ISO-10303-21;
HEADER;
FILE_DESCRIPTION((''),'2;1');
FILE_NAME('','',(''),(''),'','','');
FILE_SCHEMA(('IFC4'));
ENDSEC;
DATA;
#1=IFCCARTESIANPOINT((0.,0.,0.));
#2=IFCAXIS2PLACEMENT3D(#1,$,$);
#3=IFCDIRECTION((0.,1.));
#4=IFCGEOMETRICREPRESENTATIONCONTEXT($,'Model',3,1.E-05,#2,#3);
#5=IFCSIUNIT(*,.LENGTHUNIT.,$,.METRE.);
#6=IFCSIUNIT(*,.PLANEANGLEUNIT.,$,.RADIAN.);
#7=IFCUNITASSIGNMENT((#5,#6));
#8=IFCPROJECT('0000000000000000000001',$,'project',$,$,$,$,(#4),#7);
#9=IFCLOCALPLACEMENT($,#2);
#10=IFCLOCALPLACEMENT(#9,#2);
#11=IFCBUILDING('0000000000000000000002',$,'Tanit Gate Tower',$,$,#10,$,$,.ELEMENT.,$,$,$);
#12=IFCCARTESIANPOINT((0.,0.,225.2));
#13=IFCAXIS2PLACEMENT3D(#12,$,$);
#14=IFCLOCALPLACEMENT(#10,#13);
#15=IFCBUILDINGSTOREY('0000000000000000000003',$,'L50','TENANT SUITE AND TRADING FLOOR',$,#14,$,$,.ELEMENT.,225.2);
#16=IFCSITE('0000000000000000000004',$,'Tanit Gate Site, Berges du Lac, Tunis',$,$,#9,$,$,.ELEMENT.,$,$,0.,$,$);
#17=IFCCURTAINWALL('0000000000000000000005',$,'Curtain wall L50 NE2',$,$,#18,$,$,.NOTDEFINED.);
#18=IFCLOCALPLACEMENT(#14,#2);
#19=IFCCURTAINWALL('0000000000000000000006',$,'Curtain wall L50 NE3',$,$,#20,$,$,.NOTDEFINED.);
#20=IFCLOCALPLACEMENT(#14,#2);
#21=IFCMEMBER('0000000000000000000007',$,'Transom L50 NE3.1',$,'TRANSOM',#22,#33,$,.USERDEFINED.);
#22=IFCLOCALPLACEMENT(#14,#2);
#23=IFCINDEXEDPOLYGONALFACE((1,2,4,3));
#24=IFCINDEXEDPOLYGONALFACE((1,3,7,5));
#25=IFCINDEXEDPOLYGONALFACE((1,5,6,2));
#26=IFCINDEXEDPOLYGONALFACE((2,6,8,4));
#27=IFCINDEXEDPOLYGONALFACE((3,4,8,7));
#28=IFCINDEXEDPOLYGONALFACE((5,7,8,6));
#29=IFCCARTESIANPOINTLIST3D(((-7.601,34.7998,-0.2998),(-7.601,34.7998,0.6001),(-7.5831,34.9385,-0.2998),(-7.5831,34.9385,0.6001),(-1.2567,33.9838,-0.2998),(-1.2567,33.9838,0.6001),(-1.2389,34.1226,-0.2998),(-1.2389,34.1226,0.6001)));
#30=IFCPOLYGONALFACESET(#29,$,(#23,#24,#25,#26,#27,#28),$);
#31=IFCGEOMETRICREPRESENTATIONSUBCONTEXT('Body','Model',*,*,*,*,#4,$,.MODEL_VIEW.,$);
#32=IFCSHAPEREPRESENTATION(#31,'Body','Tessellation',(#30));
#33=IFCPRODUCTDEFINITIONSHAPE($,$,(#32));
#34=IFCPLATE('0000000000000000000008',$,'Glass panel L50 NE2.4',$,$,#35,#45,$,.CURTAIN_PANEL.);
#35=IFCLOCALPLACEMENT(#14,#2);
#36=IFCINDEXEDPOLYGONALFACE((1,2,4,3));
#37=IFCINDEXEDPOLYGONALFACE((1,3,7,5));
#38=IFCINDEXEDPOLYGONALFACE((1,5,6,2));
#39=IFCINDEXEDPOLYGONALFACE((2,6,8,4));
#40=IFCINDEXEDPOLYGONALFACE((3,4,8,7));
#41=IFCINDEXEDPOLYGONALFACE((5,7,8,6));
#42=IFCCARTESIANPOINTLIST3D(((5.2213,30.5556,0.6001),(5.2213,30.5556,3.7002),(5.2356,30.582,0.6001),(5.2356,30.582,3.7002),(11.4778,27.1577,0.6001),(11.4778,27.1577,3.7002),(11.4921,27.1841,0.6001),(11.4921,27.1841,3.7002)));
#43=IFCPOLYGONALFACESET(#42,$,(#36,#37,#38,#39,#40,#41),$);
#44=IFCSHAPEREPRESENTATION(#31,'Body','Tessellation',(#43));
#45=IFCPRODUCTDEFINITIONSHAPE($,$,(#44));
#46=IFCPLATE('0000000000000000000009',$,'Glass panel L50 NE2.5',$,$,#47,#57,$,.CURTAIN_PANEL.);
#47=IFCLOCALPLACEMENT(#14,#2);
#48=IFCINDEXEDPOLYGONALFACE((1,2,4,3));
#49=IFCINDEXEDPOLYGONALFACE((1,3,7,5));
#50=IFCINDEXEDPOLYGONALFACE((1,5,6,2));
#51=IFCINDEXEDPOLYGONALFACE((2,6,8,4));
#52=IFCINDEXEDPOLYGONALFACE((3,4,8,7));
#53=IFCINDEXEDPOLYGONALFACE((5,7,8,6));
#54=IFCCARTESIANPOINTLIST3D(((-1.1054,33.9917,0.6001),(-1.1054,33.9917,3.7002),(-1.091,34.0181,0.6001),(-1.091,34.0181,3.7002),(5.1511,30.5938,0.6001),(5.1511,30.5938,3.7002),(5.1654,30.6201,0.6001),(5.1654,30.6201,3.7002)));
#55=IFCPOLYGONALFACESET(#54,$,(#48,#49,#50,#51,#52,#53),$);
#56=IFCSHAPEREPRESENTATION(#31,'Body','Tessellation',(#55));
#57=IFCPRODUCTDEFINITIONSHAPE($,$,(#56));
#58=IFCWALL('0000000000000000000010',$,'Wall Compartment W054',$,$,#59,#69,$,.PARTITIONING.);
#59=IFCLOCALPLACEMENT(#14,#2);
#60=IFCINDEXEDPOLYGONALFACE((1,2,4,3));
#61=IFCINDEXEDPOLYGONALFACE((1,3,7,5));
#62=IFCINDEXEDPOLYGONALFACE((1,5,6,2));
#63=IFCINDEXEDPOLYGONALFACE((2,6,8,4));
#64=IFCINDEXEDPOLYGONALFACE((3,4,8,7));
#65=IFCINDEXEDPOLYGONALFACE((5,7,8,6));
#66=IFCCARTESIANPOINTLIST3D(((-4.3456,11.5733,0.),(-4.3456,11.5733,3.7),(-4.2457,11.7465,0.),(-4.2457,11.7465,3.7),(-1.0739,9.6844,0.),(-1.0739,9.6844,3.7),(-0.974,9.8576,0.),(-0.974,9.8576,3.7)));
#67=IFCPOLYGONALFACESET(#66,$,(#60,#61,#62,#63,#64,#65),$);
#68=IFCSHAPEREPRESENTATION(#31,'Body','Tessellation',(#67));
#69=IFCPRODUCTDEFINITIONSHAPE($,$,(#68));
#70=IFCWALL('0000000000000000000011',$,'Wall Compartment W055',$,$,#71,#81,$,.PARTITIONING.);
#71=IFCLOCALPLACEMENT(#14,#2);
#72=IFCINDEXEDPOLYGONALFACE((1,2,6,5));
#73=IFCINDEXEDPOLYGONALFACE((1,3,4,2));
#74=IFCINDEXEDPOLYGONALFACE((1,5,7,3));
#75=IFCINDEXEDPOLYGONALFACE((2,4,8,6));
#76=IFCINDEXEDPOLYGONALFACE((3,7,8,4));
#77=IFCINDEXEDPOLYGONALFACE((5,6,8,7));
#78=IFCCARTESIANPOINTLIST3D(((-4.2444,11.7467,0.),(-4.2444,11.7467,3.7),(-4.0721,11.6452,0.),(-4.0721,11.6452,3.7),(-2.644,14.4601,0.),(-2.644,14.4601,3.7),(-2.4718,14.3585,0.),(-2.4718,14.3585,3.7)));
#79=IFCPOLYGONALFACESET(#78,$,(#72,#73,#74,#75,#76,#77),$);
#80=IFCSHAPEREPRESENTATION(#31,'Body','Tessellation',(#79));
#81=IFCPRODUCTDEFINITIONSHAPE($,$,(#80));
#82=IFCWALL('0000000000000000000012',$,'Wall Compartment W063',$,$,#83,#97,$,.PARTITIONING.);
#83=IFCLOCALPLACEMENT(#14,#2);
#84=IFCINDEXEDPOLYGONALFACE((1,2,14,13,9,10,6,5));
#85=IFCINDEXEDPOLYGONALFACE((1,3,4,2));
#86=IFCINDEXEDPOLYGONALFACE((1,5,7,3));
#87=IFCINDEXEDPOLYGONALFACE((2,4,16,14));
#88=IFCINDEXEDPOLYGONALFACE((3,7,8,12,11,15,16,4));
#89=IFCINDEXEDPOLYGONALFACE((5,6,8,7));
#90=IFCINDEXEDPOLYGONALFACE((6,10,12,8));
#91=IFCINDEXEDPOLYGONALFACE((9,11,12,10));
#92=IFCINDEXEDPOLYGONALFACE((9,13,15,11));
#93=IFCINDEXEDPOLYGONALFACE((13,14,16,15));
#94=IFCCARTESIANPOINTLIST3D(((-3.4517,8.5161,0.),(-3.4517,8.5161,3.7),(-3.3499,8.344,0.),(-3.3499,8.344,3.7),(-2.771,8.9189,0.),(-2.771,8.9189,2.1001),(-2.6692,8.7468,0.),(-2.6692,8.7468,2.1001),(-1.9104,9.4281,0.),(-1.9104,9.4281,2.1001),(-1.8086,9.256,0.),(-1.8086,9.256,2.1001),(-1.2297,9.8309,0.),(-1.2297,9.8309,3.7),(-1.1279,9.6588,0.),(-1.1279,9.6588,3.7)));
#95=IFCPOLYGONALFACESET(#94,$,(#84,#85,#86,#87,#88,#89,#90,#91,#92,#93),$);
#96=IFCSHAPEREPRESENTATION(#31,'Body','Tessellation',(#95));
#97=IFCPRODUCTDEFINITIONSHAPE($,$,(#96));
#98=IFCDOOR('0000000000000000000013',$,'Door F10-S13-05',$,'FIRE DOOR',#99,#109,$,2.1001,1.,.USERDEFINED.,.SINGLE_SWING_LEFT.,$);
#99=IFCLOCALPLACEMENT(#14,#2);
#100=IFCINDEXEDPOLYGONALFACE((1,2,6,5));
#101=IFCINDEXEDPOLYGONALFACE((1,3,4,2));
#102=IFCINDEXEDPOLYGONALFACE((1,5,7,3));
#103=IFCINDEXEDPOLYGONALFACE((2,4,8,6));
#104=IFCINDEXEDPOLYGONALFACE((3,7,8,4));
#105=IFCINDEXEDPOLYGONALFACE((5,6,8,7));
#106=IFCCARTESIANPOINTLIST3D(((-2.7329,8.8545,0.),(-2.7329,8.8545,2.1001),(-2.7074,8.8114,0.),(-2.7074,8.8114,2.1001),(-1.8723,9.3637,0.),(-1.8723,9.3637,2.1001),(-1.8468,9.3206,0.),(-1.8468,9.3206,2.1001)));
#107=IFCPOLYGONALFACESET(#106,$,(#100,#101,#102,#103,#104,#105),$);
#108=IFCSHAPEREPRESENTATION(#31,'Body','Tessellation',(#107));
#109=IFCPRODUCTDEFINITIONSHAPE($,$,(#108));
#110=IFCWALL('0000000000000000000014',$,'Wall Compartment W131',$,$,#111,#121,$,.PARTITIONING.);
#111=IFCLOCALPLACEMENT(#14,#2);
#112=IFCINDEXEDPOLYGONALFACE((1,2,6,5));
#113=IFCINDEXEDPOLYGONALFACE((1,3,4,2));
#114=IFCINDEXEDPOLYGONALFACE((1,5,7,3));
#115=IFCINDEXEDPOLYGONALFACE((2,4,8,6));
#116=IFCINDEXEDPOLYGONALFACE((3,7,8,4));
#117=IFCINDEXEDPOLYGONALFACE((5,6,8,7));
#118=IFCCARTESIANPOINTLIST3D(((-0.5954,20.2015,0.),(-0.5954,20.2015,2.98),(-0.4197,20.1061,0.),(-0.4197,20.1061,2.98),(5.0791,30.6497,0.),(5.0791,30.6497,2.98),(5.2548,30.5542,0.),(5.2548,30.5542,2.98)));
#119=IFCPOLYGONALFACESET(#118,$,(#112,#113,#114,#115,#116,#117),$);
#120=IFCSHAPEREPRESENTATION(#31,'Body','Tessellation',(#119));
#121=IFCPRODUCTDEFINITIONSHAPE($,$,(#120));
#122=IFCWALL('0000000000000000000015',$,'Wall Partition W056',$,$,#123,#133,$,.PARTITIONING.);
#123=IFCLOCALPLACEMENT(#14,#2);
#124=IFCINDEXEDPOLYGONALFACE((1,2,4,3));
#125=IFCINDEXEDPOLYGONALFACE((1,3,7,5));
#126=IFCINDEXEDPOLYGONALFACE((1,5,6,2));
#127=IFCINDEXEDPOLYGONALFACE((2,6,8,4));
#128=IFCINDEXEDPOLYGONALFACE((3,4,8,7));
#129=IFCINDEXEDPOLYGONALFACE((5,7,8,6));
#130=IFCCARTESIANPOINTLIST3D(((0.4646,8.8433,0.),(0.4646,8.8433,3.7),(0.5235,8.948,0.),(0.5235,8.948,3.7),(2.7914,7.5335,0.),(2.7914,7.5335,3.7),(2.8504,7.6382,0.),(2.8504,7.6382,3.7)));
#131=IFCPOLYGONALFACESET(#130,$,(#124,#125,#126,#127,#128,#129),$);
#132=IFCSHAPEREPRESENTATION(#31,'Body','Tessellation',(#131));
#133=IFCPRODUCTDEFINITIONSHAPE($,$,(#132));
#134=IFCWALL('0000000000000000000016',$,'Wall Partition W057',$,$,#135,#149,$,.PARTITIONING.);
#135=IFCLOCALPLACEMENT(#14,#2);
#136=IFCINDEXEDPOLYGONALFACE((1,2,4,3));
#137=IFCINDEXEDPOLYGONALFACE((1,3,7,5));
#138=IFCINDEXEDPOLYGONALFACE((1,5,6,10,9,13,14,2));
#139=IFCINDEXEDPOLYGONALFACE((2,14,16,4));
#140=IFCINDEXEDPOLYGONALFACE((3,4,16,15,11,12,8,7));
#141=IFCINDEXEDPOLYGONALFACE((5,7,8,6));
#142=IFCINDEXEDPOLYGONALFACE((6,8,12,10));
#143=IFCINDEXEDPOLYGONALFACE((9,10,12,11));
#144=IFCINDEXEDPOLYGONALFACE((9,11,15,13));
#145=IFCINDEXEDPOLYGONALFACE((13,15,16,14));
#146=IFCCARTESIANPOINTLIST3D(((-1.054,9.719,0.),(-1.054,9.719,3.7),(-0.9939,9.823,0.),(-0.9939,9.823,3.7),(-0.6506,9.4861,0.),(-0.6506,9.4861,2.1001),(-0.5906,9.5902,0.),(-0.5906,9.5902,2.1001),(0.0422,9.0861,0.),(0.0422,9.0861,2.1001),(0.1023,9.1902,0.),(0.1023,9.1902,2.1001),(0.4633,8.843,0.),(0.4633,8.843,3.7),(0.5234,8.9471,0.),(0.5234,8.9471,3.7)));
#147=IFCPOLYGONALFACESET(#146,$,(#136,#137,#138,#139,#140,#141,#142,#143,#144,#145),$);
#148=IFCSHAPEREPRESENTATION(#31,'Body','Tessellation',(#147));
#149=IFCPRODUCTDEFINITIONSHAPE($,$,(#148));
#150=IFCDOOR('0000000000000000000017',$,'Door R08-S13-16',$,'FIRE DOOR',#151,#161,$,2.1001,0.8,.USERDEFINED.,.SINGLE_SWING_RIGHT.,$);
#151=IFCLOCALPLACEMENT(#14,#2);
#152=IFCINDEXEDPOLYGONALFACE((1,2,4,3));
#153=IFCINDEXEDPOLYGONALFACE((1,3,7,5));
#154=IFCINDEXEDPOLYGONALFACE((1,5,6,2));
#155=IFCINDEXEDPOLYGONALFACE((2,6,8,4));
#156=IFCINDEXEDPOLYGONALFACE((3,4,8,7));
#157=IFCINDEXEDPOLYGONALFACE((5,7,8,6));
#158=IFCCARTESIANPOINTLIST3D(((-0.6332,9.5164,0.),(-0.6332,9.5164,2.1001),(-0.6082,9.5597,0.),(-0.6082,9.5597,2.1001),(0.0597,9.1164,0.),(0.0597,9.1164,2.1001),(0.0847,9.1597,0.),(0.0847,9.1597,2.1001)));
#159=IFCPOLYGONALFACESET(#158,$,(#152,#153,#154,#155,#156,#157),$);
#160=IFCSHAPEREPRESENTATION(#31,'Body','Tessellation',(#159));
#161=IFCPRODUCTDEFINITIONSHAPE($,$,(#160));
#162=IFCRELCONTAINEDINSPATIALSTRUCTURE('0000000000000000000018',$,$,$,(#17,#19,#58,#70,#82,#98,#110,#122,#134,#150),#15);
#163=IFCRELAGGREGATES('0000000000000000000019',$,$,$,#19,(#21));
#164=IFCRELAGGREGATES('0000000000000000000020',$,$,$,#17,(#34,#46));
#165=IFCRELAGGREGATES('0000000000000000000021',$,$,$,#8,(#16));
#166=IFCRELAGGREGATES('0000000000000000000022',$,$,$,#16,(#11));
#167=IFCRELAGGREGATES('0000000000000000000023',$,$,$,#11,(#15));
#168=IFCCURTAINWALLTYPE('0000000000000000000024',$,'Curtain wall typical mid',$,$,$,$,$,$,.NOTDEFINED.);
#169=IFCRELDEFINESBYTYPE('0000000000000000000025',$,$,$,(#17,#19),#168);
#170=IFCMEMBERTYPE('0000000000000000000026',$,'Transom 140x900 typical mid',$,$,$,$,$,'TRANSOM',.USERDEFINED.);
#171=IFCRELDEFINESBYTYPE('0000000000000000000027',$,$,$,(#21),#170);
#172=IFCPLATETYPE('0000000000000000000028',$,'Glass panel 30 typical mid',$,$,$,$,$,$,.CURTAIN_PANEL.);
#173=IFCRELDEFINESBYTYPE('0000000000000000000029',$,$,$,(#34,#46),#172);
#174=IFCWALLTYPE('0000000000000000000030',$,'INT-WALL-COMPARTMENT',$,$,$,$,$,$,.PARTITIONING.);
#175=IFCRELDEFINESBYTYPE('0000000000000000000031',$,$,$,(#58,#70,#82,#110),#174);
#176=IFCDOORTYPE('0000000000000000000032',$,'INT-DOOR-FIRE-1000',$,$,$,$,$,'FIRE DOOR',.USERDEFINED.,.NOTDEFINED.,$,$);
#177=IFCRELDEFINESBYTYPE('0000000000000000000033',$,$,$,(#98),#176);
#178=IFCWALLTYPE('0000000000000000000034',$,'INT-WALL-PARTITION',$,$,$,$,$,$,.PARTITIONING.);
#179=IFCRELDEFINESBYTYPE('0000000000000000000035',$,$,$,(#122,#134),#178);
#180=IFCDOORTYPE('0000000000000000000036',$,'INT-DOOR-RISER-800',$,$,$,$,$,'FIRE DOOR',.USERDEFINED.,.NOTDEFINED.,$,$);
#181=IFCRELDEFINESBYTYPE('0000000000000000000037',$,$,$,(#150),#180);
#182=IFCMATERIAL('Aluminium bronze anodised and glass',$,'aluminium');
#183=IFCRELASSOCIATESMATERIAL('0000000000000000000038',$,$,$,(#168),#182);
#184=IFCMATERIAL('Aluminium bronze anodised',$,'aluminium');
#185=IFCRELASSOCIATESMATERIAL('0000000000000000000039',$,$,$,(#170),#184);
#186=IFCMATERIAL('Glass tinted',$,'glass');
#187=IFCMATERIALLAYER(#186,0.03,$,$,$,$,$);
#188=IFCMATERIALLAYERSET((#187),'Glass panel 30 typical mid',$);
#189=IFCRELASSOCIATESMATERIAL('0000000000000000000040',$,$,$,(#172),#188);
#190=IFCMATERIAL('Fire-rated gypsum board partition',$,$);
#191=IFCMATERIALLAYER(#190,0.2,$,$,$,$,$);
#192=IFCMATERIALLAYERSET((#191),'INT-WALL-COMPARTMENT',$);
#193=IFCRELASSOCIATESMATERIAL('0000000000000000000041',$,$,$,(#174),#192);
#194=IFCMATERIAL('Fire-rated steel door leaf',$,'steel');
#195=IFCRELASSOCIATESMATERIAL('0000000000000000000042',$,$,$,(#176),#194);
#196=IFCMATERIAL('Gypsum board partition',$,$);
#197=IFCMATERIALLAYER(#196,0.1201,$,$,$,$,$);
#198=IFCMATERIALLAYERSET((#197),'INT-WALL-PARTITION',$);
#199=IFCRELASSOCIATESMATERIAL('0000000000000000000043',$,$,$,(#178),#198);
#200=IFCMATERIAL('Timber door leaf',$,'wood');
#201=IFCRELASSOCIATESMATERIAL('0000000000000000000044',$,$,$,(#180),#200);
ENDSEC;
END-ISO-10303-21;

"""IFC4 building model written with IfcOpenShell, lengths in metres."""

from ifc_helpers import new_model, si_unit, direction, frame, frame_2d, origin, origin_2d, place, context, subcontext, project, spatial, rectangle, extrude, material, layer, layer_set, material_profile, profile_set, type_object, element, fill, aggregate, save


model = new_model("IFC4")

# Units and contexts
model_context = context("Model", 3, precision=1e-05, world=origin(), true_north=direction((0.0, 1.0)))
body_context = subcontext(model_context, "Body", "Model", "MODEL_VIEW")
ifc_project = project(units=[si_unit("LENGTHUNIT", "METRE"), si_unit("PLANEANGLEUNIT", "RADIAN")], contexts=[model_context])

# Site, building, storey
site_placement = place(None, origin())
site = spatial("IfcSite", under=ifc_project, at=site_placement, Name="Tanit Gate Site, Berges du Lac, Tunis", CompositionType="ELEMENT", RefElevation=0.0)
building_placement = place(site_placement, origin())
building = spatial("IfcBuilding", under=site, at=building_placement, Name="Tanit Gate Tower", CompositionType="ELEMENT")
storey_placement = place(building_placement, frame((0.0, 0.0, 225.2)))
storey = spatial("IfcBuildingStorey", under=building, at=storey_placement, Name="L50", Description="TENANT SUITE AND TRADING FLOOR", CompositionType="ELEMENT", Elevation=225.2)

# Curtain walls
ifc_material_1 = material(Name="Aluminium bronze anodised and glass", Category="aluminium")
curtain_wall_type = type_object("IfcCurtainWallType", Name="Curtain wall typical mid", PredefinedType="NOTDEFINED", material=ifc_material_1)
curtain_wall_1_placement = place(storey_placement, origin())
curtain_wall_1 = element("IfcCurtainWall", 1, at=curtain_wall_1_placement, inside=storey, type_object=curtain_wall_type, Name="Curtain wall L50 NE2", PredefinedType="NOTDEFINED")
curtain_wall_2_placement = place(storey_placement, origin())
curtain_wall_2 = element("IfcCurtainWall", 2, at=curtain_wall_2_placement, inside=storey, type_object=curtain_wall_type, Name="Curtain wall L50 NE3", PredefinedType="NOTDEFINED")

# Member
ifc_material_2 = material(Name="Aluminium bronze anodised", Category="aluminium")
ifc_material_profile_1 = material_profile(ifc_material_2, rectangle(XDim=0.1399, YDim=0.8999, at=origin_2d()), Name="140x900 bronze transom")
ifc_profile_set_1 = profile_set([ifc_material_profile_1], Name="Aluminium bronze anodised")
member_type_1 = type_object("IfcMemberType", Name="Transom 140x900 typical mid", ElementType="TRANSOM", PredefinedType="USERDEFINED", material=ifc_profile_set_1)
member_1_placement = place(storey_placement, frame((-1.2478, 34.0532, 0.1501), z_axis=(-0.991831, 0.127557, 0.0), x_axis=(-0.127557, -0.991831, 0.0)))
member_1 = element("IfcMember", 3, at=member_1_placement, type_object=member_type_1, Name="Transom L50 NE3.1", ObjectType="TRANSOM", PredefinedType="USERDEFINED", context=body_context, shape_type="SweptSolid", body=[
    extrude(rectangle(XDim=0.1399, YDim=0.8999, at=origin_2d()), origin(), (0.0, 0.0, 1.0), 6.3965),
])
aggregate(curtain_wall_2, [member_1])

# Plates
ifc_material_3 = material(Name="Glass tinted", Category="glass")
ifc_layer_1 = layer(ifc_material_3, 0.03)
ifc_layer_set_1 = layer_set([ifc_layer_1], Name="Glass panel 30 typical mid")
plate_type = type_object("IfcPlateType", Name="Glass panel 30 typical mid", PredefinedType="CURTAIN_PANEL", material=ifc_layer_set_1)
plate_1_placement = place(storey_placement, frame((8.3567, 28.8699, 0.6001), z_axis=(0.0, 0.0, 1.0), x_axis=(-0.878762, 0.477259, 0.0)))
plate_1 = element("IfcPlate", 4, at=plate_1_placement, type_object=plate_type, Name="Glass panel L50 NE2.4", PredefinedType="CURTAIN_PANEL", context=body_context, shape_type="SweptSolid", body=[
    extrude(rectangle(XDim=7.1196, YDim=0.03, at=origin_2d()), origin(), (0.0, 0.0, 1.0), 3.1001),
])
plate_2_placement = place(storey_placement, frame((2.03, 32.3059, 0.6001), z_axis=(0.0, 0.0, 1.0), x_axis=(-0.878762, 0.477259, 0.0)))
plate_2 = element("IfcPlate", 5, at=plate_2_placement, type_object=plate_type, Name="Glass panel L50 NE2.5", PredefinedType="CURTAIN_PANEL", context=body_context, shape_type="SweptSolid", body=[
    extrude(rectangle(XDim=7.1196, YDim=0.03, at=origin_2d()), origin(), (0.0, 0.0, 1.0), 3.1001),
])
aggregate(curtain_wall_1, [plate_1, plate_2])

# Walls
ifc_material_4 = material(Name="Fire-rated gypsum board partition")
ifc_layer_2 = layer(ifc_material_4, 0.2)
ifc_layer_set_2 = layer_set([ifc_layer_2], Name="INT-WALL-COMPARTMENT")
wall_type_1 = type_object("IfcWallType", Name="INT-WALL-COMPARTMENT", PredefinedType="PARTITIONING", material=ifc_layer_set_2)
wall_1_placement = place(storey_placement, frame((-4.2957, 11.6599, 0.0), z_axis=(0.0, 0.0, 1.0), x_axis=(0.866027, -0.499997, 0.0)))
element("IfcWall", 6, at=wall_1_placement, inside=storey, type_object=wall_type_1, Name="Wall Compartment W054", PredefinedType="PARTITIONING", context=body_context, shape_type="SweptSolid", body=[
    extrude(rectangle(XDim=3.7778, YDim=0.2, at=frame_2d((1.8889, 0.0))), origin(), (0.0, 0.0, 1.0), 3.7),
])
wall_2_placement = place(storey_placement, frame((-2.5579, 14.4094, 0.0), z_axis=(0.0, 0.0, 1.0), x_axis=(-0.508019, -0.861346, 0.0)))
element("IfcWall", 7, at=wall_2_placement, inside=storey, type_object=wall_type_1, Name="Wall Compartment W055", PredefinedType="PARTITIONING", context=body_context, shape_type="SweptSolid", body=[
    extrude(rectangle(XDim=3.1501, YDim=0.2, at=frame_2d((1.5752, 0.0))), origin(), (0.0, 0.0, 1.0), 3.7),
])

# Wall, opening, door
wall_3_placement = place(storey_placement, frame((-1.1787, 9.7449, 0.0), z_axis=(0.0, 0.0, 1.0), x_axis=(-0.860631, -0.509229, 0.0)))
wall_3 = element("IfcWall", 8, at=wall_3_placement, inside=storey, type_object=wall_type_1, Name="Wall Compartment W063", PredefinedType="PARTITIONING", context=body_context, shape_type="SweptSolid", body=[
    extrude(rectangle(XDim=2.5818, YDim=0.2, at=frame_2d((1.291, 0.0))), origin(), (0.0, 0.0, 1.0), 3.7),
])
opening_1_placement = place(wall_3_placement, frame((0.791, 0.0, 0.0)))
opening_1 = element("IfcOpeningElement", 9, at=opening_1_placement, cuts=wall_3, PredefinedType="OPENING", context=body_context, shape_type="SweptSolid", body=[
    extrude(rectangle(XDim=1.0, YDim=2.1001, at=frame_2d((0.5, 1.05))), frame((0.0, 0.1099, 0.0), z_axis=(0.0, -1.0, 0.0), x_axis=(1.0, 0.0, 0.0)), (0.0, 0.0, 1.0), 0.22),
])
ifc_material_5 = material(Name="Fire-rated steel door leaf", Category="steel")
door_type_1 = type_object("IfcDoorType", Name="INT-DOOR-FIRE-1000", ElementType="FIRE DOOR", OperationType="NOTDEFINED", PredefinedType="USERDEFINED", material=ifc_material_5)
door_1_placement = place(opening_1_placement, origin())
door_1 = element("IfcDoor", 10, at=door_1_placement, inside=storey, type_object=door_type_1, Name="Door F10-S13-05", ObjectType="FIRE DOOR", OperationType="SINGLE_SWING_LEFT", OverallHeight=2.1001, OverallWidth=1.0, PredefinedType="USERDEFINED", context=body_context, shape_type="SweptSolid", body=[
    extrude(rectangle(XDim=1.0, YDim=2.1001, at=frame_2d((0.5, 1.05))), frame((0.0, 0.0249, 0.0), z_axis=(0.0, -1.0, 0.0), x_axis=(1.0, 0.0, 0.0)), (0.0, 0.0, 1.0), 0.05),
])
fill(opening_1, door_1)

# Walls
wall_4_placement = place(storey_placement, frame((-0.5076, 20.1538, 0.0), z_axis=(0.0, 0.0, 1.0), x_axis=(0.477264, 0.87876, 0.0)))
element("IfcWall", 11, at=wall_4_placement, inside=storey, type_object=wall_type_1, Name="Wall Compartment W131", PredefinedType="PARTITIONING", context=body_context, shape_type="SweptSolid", body=[
    extrude(rectangle(XDim=11.8896, YDim=0.2, at=frame_2d((5.9448, 0.0))), origin(), (0.0, 0.0, 1.0), 2.98),
])
ifc_material_6 = material(Name="Gypsum board partition")
ifc_layer_3 = layer(ifc_material_6, 0.1201)
ifc_layer_set_3 = layer_set([ifc_layer_3], Name="INT-WALL-PARTITION")
wall_type_2 = type_object("IfcWallType", Name="INT-WALL-PARTITION", PredefinedType="PARTITIONING", material=ifc_layer_set_3)
wall_5_placement = place(storey_placement, frame((2.8208, 7.5859, 0.0), z_axis=(0.0, 0.0, 1.0), x_axis=(-0.871427, 0.490526, 0.0)))
element("IfcWall", 12, at=wall_5_placement, inside=storey, type_object=wall_type_2, Name="Wall Partition W056", PredefinedType="PARTITIONING", context=body_context, shape_type="SweptSolid", body=[
    extrude(rectangle(XDim=2.6702, YDim=0.1201, at=frame_2d((1.335, 0.0))), origin(), (0.0, 0.0, 1.0), 3.7),
])

# Wall, opening, door
wall_6_placement = place(storey_placement, frame((-1.0239, 9.771, 0.0), z_axis=(0.0, 0.0, 1.0), x_axis=(0.866039, -0.499976, 0.0)))
wall_6 = element("IfcWall", 13, at=wall_6_placement, inside=storey, type_object=wall_type_2, Name="Wall Partition W057", PredefinedType="PARTITIONING", context=body_context, shape_type="SweptSolid", body=[
    extrude(rectangle(XDim=1.752, YDim=0.1201, at=frame_2d((0.876, 0.0))), origin(), (0.0, 0.0, 1.0), 3.7),
])
opening_2_placement = place(wall_6_placement, frame((0.4658, 0.0, 0.0)))
opening_2 = element("IfcOpeningElement", 14, at=opening_2_placement, cuts=wall_6, PredefinedType="OPENING", context=body_context, shape_type="SweptSolid", body=[
    extrude(rectangle(XDim=0.8, YDim=2.1001, at=frame_2d((0.3999, 1.05))), frame((0.0, 0.0701, 0.0), z_axis=(0.0, -1.0, 0.0), x_axis=(1.0, 0.0, 0.0)), (0.0, 0.0, 1.0), 0.1401),
])
ifc_material_7 = material(Name="Timber door leaf", Category="wood")
door_type_2 = type_object("IfcDoorType", Name="INT-DOOR-RISER-800", ElementType="FIRE DOOR", OperationType="NOTDEFINED", PredefinedType="USERDEFINED", material=ifc_material_7)
door_2_placement = place(opening_2_placement, origin())
door_2 = element("IfcDoor", 15, at=door_2_placement, inside=storey, type_object=door_type_2, Name="Door R08-S13-16", ObjectType="FIRE DOOR", OperationType="SINGLE_SWING_RIGHT", OverallHeight=2.1001, OverallWidth=0.8, PredefinedType="USERDEFINED", context=body_context, shape_type="SweptSolid", body=[
    extrude(rectangle(XDim=0.8, YDim=2.1001, at=frame_2d((0.3999, 1.05))), frame((0.0, 0.0249, 0.0), z_axis=(0.0, -1.0, 0.0), x_axis=(1.0, 0.0, 0.0)), (0.0, 0.0, 1.0), 0.05),
])
fill(opening_2, door_2)

save(model, "model.ifc")
